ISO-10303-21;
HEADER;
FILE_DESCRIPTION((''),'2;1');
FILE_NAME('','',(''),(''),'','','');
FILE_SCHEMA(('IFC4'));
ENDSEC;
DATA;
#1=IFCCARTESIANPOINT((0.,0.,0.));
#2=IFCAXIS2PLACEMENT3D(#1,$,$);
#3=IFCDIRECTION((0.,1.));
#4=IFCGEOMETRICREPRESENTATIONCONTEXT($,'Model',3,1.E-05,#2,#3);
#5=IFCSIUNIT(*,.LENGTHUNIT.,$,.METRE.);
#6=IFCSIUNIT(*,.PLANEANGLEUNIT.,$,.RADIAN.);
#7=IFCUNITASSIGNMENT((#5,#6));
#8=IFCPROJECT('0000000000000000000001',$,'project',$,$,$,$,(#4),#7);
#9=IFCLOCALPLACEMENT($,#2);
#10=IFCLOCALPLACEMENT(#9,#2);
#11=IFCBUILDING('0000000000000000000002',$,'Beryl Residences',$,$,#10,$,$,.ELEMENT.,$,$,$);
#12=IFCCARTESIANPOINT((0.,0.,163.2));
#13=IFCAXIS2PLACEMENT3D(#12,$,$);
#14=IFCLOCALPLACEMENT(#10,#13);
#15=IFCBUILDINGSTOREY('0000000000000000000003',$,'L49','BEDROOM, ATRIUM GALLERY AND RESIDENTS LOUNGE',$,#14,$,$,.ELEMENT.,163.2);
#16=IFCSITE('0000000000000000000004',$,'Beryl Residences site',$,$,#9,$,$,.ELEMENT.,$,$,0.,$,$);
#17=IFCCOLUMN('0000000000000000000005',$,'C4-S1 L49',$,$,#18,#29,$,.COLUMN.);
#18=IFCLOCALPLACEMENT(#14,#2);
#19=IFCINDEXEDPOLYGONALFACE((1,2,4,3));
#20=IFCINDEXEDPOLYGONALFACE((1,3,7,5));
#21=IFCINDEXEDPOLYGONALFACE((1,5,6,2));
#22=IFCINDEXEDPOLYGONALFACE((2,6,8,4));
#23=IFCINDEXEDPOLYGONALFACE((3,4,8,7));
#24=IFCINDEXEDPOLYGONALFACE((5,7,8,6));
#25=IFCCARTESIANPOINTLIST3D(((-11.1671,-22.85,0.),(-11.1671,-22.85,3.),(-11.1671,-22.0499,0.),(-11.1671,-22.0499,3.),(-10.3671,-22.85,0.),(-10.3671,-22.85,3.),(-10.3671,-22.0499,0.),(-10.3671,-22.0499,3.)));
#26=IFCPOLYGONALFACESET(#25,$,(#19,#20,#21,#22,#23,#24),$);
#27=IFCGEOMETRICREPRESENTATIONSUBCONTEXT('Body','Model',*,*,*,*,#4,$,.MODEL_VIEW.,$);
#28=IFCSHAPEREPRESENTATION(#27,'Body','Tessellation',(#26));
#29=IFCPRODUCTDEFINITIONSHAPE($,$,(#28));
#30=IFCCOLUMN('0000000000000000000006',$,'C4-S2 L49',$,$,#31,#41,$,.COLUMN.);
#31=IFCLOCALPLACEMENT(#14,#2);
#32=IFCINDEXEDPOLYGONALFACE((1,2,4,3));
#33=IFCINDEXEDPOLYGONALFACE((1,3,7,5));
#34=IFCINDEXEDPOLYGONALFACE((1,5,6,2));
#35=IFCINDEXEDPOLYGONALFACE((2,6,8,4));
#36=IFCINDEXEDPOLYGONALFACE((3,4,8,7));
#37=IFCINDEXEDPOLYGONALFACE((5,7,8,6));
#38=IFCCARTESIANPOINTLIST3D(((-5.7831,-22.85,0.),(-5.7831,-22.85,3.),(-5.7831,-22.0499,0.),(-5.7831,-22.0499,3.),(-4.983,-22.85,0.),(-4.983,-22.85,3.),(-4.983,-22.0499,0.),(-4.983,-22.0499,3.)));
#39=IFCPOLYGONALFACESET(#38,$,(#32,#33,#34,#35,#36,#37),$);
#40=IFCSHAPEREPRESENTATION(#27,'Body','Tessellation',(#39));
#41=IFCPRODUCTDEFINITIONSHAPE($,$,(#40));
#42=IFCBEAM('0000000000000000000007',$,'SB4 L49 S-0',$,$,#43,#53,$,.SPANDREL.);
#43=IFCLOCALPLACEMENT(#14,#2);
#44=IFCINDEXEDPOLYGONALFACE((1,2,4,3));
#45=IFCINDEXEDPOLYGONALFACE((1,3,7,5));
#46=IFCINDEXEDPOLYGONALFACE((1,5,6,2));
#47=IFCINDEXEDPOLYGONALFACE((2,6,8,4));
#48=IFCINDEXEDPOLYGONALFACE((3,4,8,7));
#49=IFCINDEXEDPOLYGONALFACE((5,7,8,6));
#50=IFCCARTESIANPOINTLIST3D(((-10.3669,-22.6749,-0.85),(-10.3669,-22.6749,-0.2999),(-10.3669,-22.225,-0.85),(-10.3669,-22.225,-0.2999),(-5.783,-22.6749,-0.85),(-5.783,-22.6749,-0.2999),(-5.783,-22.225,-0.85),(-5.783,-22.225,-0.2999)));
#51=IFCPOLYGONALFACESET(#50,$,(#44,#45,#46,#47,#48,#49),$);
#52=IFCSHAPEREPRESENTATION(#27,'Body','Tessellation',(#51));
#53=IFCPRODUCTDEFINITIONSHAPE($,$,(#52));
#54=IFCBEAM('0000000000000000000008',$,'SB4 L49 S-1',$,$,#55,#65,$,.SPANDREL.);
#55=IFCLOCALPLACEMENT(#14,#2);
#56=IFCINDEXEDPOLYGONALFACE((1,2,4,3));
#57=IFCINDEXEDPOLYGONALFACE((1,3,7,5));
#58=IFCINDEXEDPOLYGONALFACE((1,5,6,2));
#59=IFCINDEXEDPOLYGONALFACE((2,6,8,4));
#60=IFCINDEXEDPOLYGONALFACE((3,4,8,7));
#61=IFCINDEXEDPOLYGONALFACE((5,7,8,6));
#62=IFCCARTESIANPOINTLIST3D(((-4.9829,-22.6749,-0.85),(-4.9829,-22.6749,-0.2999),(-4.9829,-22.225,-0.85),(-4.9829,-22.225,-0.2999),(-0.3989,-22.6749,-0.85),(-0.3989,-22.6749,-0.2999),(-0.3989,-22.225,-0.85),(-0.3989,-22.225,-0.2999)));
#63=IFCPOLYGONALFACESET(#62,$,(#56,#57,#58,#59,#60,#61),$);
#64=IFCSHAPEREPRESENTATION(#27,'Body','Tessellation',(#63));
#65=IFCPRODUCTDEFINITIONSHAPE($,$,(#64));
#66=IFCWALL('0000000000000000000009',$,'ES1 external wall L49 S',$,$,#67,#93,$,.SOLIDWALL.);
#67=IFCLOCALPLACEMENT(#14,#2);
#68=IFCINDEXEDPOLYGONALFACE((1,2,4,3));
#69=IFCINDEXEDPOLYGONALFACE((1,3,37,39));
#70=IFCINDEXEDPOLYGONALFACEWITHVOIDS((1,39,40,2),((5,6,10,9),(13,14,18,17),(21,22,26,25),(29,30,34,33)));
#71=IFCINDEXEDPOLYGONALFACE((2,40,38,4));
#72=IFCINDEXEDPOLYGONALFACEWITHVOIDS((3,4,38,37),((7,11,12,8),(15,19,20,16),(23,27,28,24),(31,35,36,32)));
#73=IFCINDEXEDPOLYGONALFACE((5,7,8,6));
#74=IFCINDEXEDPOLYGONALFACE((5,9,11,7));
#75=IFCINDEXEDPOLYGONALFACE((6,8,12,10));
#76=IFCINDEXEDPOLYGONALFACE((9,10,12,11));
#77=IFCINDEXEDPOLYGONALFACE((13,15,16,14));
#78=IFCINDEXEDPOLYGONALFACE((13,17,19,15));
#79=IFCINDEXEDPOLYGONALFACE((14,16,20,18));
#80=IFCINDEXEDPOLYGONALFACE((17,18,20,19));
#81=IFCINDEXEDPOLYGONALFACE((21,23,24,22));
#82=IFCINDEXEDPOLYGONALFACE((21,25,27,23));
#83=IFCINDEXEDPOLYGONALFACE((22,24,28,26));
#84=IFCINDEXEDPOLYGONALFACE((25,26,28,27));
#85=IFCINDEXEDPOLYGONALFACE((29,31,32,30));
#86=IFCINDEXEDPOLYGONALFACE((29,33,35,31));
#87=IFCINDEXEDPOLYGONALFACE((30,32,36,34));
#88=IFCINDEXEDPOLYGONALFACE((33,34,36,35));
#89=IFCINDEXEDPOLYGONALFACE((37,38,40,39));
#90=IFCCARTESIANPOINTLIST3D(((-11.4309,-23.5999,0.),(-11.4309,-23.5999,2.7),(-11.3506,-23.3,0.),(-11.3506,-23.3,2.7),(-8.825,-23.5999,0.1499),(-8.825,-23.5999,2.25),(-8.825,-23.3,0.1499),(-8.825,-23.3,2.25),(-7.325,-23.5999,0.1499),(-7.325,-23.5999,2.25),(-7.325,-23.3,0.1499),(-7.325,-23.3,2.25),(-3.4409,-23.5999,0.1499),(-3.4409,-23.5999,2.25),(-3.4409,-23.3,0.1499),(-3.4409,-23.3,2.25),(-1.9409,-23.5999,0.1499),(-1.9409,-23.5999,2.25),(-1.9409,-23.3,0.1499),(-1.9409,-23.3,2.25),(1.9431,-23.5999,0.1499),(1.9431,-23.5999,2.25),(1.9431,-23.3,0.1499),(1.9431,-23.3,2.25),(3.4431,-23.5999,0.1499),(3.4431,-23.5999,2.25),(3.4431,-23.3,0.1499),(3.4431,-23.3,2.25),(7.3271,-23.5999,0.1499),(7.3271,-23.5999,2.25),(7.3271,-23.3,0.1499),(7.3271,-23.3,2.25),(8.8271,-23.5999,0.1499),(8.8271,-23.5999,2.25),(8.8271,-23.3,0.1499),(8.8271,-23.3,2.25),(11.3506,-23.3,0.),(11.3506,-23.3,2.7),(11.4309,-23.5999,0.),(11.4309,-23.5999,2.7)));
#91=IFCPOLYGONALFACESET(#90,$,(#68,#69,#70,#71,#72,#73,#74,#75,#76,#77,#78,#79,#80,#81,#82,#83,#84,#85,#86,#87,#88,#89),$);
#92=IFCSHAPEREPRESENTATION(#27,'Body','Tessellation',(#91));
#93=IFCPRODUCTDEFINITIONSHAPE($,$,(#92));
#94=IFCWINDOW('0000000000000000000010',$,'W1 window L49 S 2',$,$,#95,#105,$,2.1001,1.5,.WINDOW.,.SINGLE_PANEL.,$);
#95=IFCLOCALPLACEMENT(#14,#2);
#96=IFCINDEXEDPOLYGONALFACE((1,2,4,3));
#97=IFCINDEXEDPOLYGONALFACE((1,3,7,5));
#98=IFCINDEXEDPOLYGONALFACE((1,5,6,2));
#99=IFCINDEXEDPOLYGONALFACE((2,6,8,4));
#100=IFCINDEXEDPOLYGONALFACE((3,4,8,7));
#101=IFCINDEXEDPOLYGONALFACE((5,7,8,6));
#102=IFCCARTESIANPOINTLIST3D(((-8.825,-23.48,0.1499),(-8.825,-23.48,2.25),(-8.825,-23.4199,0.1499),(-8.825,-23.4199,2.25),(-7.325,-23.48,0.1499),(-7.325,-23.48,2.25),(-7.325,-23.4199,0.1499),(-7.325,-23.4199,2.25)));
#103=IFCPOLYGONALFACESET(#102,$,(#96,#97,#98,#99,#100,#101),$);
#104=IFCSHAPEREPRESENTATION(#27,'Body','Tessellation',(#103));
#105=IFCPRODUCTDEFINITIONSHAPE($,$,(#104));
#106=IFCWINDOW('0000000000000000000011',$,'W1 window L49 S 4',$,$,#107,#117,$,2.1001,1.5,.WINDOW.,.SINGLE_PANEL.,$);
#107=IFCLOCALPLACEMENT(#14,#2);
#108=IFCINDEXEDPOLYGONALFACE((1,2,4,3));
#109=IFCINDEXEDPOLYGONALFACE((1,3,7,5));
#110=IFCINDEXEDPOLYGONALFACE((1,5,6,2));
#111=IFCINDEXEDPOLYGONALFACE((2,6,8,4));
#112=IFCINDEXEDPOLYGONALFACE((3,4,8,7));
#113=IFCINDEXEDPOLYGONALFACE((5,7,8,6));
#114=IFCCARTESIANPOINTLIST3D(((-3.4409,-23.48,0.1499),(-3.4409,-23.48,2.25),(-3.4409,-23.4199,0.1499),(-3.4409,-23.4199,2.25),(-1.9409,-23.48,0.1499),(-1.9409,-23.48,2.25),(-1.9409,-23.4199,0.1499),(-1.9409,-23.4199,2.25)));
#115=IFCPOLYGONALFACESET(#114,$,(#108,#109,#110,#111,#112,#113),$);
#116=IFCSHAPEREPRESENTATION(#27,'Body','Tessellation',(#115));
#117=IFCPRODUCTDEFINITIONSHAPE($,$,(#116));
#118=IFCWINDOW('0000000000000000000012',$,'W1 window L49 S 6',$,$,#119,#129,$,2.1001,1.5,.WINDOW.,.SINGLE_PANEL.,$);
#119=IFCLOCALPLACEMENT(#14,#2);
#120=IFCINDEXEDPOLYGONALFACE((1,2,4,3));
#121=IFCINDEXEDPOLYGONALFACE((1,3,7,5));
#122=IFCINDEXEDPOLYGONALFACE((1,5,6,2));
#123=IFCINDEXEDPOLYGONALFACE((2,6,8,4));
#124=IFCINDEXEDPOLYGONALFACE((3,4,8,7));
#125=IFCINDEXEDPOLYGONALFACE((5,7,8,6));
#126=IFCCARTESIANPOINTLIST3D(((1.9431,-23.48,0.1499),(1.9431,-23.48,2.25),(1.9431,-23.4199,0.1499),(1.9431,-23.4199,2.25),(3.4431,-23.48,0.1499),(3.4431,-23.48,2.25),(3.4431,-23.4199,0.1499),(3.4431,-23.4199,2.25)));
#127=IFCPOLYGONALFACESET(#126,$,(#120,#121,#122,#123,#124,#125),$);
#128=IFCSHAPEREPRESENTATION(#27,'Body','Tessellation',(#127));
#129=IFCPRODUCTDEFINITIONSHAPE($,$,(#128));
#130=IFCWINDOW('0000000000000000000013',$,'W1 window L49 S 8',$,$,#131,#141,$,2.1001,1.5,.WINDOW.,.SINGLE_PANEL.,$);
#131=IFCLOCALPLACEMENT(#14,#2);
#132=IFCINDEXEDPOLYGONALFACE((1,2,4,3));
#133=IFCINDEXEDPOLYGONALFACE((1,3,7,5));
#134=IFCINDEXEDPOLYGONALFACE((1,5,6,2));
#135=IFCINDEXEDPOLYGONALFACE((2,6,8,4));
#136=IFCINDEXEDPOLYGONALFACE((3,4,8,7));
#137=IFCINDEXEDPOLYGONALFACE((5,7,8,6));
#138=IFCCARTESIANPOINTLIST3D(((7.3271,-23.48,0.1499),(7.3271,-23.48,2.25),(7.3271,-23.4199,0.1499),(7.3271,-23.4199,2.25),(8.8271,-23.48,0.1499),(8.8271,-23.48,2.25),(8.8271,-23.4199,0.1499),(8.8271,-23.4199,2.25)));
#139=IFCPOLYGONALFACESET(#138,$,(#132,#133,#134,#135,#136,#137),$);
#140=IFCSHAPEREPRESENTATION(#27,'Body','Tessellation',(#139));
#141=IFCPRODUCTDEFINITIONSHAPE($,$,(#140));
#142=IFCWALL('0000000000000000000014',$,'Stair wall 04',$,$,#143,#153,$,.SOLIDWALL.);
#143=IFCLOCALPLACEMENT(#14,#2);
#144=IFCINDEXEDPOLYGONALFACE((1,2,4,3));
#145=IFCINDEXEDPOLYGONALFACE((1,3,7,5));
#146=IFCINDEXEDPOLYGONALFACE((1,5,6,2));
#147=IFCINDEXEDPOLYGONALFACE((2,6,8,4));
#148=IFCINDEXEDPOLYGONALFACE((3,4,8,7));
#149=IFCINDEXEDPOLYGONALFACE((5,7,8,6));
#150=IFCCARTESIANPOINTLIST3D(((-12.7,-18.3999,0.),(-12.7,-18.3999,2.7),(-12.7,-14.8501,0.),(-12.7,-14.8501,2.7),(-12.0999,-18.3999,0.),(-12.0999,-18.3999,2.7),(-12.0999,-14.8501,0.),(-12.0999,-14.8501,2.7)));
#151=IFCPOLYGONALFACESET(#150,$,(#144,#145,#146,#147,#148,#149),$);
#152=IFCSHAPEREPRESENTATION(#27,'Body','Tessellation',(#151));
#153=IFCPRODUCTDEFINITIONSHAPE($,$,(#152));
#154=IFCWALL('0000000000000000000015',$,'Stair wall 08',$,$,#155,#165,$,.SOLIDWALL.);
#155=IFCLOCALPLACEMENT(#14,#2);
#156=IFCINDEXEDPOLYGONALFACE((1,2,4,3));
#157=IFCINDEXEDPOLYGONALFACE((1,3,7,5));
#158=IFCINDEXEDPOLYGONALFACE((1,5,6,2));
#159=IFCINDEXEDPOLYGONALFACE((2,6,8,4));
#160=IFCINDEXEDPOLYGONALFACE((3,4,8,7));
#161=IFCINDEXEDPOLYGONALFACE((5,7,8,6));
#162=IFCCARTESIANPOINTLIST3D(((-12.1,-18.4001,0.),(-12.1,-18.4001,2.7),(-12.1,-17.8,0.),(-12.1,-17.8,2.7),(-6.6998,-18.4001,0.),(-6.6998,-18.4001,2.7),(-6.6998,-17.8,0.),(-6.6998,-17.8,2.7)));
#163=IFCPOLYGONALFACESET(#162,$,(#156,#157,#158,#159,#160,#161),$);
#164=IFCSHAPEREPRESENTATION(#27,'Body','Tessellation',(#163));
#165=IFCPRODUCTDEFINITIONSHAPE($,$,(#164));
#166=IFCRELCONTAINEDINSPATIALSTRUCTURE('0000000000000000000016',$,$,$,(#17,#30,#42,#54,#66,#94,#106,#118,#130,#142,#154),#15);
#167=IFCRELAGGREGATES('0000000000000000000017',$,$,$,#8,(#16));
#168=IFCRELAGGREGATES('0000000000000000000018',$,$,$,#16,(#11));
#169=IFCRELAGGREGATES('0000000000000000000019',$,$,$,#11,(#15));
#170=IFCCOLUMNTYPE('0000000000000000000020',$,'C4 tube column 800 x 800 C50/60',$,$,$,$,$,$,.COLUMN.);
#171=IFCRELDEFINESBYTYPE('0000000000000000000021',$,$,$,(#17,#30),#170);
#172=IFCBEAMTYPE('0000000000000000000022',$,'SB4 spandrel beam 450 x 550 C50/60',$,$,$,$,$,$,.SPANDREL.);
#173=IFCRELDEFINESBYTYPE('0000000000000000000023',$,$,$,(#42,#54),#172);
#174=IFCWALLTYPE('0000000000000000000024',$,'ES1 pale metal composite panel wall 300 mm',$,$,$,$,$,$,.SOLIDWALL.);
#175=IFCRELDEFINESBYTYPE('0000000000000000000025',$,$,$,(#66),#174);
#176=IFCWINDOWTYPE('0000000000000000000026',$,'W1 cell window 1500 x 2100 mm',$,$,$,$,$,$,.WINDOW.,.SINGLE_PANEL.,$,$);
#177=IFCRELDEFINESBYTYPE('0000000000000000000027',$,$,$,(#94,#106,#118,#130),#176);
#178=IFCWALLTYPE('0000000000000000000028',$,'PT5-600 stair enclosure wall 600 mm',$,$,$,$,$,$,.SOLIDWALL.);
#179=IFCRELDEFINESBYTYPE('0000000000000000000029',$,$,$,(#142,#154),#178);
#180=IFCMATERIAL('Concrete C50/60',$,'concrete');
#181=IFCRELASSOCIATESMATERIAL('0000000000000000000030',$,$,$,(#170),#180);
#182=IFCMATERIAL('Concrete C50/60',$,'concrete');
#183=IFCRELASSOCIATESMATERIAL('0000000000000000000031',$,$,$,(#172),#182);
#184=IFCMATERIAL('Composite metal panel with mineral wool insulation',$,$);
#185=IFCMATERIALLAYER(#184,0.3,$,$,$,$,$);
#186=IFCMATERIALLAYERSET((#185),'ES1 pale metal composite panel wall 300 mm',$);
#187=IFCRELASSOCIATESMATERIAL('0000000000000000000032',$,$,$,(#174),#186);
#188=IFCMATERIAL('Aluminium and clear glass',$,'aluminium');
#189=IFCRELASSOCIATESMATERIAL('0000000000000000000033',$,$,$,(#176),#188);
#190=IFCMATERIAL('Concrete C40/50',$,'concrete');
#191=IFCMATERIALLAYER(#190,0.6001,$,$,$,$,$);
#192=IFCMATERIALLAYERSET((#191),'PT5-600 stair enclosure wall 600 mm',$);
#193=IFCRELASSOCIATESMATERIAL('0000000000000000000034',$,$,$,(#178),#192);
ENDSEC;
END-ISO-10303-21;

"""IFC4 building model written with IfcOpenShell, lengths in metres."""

from ifc_helpers import new_model, si_unit, direction, frame, frame_2d, origin, origin_2d, place, context, subcontext, project, spatial, polyline, rectangle, outline, extrude, material, layer, layer_set, material_profile, profile_set, type_object, element, fill, save


model = new_model("IFC4")

# Units and contexts
model_context = context("Model", 3, precision=1e-05, world=origin(), true_north=direction((0.0, 1.0)))
body_context = subcontext(model_context, "Body", "Model", "MODEL_VIEW")
ifc_project = project(units=[si_unit("LENGTHUNIT", "METRE"), si_unit("PLANEANGLEUNIT", "RADIAN")], contexts=[model_context])

# Site, building, storey
site_placement = place(None, origin())
site = spatial("IfcSite", under=ifc_project, at=site_placement, Name="Beryl Residences site", CompositionType="ELEMENT", RefElevation=0.0)
building_placement = place(site_placement, origin())
building = spatial("IfcBuilding", under=site, at=building_placement, Name="Beryl Residences", CompositionType="ELEMENT")
storey_placement = place(building_placement, frame((0.0, 0.0, 163.2)))
storey = spatial("IfcBuildingStorey", under=building, at=storey_placement, Name="L49", Description="BEDROOM, ATRIUM GALLERY AND RESIDENTS LOUNGE", CompositionType="ELEMENT", Elevation=163.2)

# Columns
ifc_material_1 = material(Name="Concrete C50/60", Category="concrete")
ifc_material_profile_1 = material_profile(ifc_material_1, rectangle(XDim=0.8, YDim=0.8, at=origin_2d()))
ifc_profile_set_1 = profile_set([ifc_material_profile_1], Name="Concrete C50/60")
column_type = type_object("IfcColumnType", Name="C4 tube column 800 x 800 C50/60", PredefinedType="COLUMN", material=ifc_profile_set_1)
for number, where, z_axis, x_axis, name in (
    (1, (-10.7671, -22.45, 0.0), (0.0, 0.0, 1.0), (1.0, 0.0, 0.0), "C4-S1 L49"),
    (2, (-5.3831, -22.45, 0.0), (0.0, 0.0, 1.0), (1.0, 0.0, 0.0), "C4-S2 L49"),
):
    element("IfcColumn", number, at=place(storey_placement, frame(where, z_axis=z_axis, x_axis=x_axis)), inside=storey, type_object=column_type, Name=name, PredefinedType="COLUMN", context=body_context, shape_type="SweptSolid", body=[
        extrude(rectangle(XDim=0.8, YDim=0.8, at=origin_2d()), origin(), (0.0, 0.0, 1.0), 3.0),
    ])

# Beams
ifc_material_2 = material(Name="Concrete C50/60", Category="concrete")
ifc_material_profile_2 = material_profile(ifc_material_2, rectangle(XDim=0.45, YDim=0.55, at=origin_2d()))
ifc_profile_set_2 = profile_set([ifc_material_profile_2], Name="Concrete C50/60")
beam_type = type_object("IfcBeamType", Name="SB4 spandrel beam 450 x 550 C50/60", PredefinedType="SPANDREL", material=ifc_profile_set_2)
for number, where, z_axis, x_axis, name in (
    (3, (-10.3669, -22.45, -0.575), (1.0, 0.0, 0.0), (0.0, 1.0, 0.0), "SB4 L49 S-0"),
    (4, (-4.9829, -22.45, -0.575), (1.0, 0.0, 0.0), (0.0, 1.0, 0.0), "SB4 L49 S-1"),
):
    element("IfcBeam", number, at=place(storey_placement, frame(where, z_axis=z_axis, x_axis=x_axis)), inside=storey, type_object=beam_type, Name=name, PredefinedType="SPANDREL", context=body_context, shape_type="SweptSolid", body=[
        extrude(rectangle(XDim=0.45, YDim=0.55, at=origin_2d()), origin(), (0.0, 0.0, 1.0), 4.584),
    ])

# Wall, openings, windows
ifc_material_3 = material(Name="Composite metal panel with mineral wool insulation")
ifc_layer_1 = layer(ifc_material_3, 0.3)
ifc_layer_set_1 = layer_set([ifc_layer_1], Name="ES1 pale metal composite panel wall 300 mm")
wall_type_1 = type_object("IfcWallType", Name="ES1 pale metal composite panel wall 300 mm", PredefinedType="SOLIDWALL", material=ifc_layer_set_1)
wall_1_placement = place(storey_placement, frame((-11.4309, -23.45, 0.0), z_axis=(0.0, 0.0, 1.0), x_axis=(1.0, 0.0, 0.0)))
wall_1 = element("IfcWall", 5, at=wall_1_placement, inside=storey, type_object=wall_type_1, Name="ES1 external wall L49 S", PredefinedType="SOLIDWALL", context=body_context, shape_type="SweptSolid", body=[
    extrude(outline(polyline([(0.0, -0.1499), (22.8618, -0.1499), (22.7815, 0.1499), (0.0803, 0.1499), (0.0, -0.1499)])), origin(), (0.0, 0.0, 1.0), 2.7),
])
opening_1_placement = place(wall_1_placement, frame((2.606, 0.0, 0.1499)))
opening_1 = element("IfcOpeningElement", 6, at=opening_1_placement, cuts=wall_1, PredefinedType="OPENING", context=body_context, shape_type="SweptSolid", body=[
    extrude(rectangle(XDim=1.5, YDim=2.1001, at=frame_2d((0.75, 1.05))), frame((0.0, 0.1599, 0.0), z_axis=(0.0, -1.0, 0.0), x_axis=(1.0, 0.0, 0.0)), (0.0, 0.0, 1.0), 0.3201),
])
opening_2_placement = place(wall_1_placement, frame((7.99, 0.0, 0.1499)))
opening_2 = element("IfcOpeningElement", 7, at=opening_2_placement, cuts=wall_1, PredefinedType="OPENING", context=body_context, shape_type="SweptSolid", body=[
    extrude(rectangle(XDim=1.5, YDim=2.1001, at=frame_2d((0.75, 1.05))), frame((0.0, 0.1599, 0.0), z_axis=(0.0, -1.0, 0.0), x_axis=(1.0, 0.0, 0.0)), (0.0, 0.0, 1.0), 0.3201),
])
opening_3_placement = place(wall_1_placement, frame((13.374, 0.0, 0.1499)))
opening_3 = element("IfcOpeningElement", 8, at=opening_3_placement, cuts=wall_1, PredefinedType="OPENING", context=body_context, shape_type="SweptSolid", body=[
    extrude(rectangle(XDim=1.5, YDim=2.1001, at=frame_2d((0.75, 1.05))), frame((0.0, 0.1599, 0.0), z_axis=(0.0, -1.0, 0.0), x_axis=(1.0, 0.0, 0.0)), (0.0, 0.0, 1.0), 0.3201),
])
opening_4_placement = place(wall_1_placement, frame((18.7581, 0.0, 0.1499)))
opening_4 = element("IfcOpeningElement", 9, at=opening_4_placement, cuts=wall_1, PredefinedType="OPENING", context=body_context, shape_type="SweptSolid", body=[
    extrude(rectangle(XDim=1.5, YDim=2.1001, at=frame_2d((0.75, 1.05))), frame((0.0, 0.1599, 0.0), z_axis=(0.0, -1.0, 0.0), x_axis=(1.0, 0.0, 0.0)), (0.0, 0.0, 1.0), 0.3201),
])
ifc_material_4 = material(Name="Aluminium and clear glass", Category="aluminium")
window_type = type_object("IfcWindowType", Name="W1 cell window 1500 x 2100 mm", PartitioningType="SINGLE_PANEL", PredefinedType="WINDOW", material=ifc_material_4)
window_1_placement = place(opening_1_placement, origin())
window_1 = element("IfcWindow", 10, at=window_1_placement, inside=storey, type_object=window_type, Name="W1 window L49 S 2", OverallHeight=2.1001, OverallWidth=1.5, PartitioningType="SINGLE_PANEL", PredefinedType="WINDOW", context=body_context, shape_type="SweptSolid", body=[
    extrude(rectangle(XDim=1.5, YDim=2.1001, at=frame_2d((0.75, 1.05))), frame((0.0, 0.03, 0.0), z_axis=(0.0, -1.0, 0.0), x_axis=(1.0, 0.0, 0.0)), (0.0, 0.0, 1.0), 0.0601),
])
fill(opening_1, window_1)
window_2_placement = place(opening_2_placement, origin())
window_2 = element("IfcWindow", 11, at=window_2_placement, inside=storey, type_object=window_type, Name="W1 window L49 S 4", OverallHeight=2.1001, OverallWidth=1.5, PartitioningType="SINGLE_PANEL", PredefinedType="WINDOW", context=body_context, shape_type="SweptSolid", body=[
    extrude(rectangle(XDim=1.5, YDim=2.1001, at=frame_2d((0.75, 1.05))), frame((0.0, 0.03, 0.0), z_axis=(0.0, -1.0, 0.0), x_axis=(1.0, 0.0, 0.0)), (0.0, 0.0, 1.0), 0.0601),
])
fill(opening_2, window_2)
window_3_placement = place(opening_3_placement, origin())
window_3 = element("IfcWindow", 12, at=window_3_placement, inside=storey, type_object=window_type, Name="W1 window L49 S 6", OverallHeight=2.1001, OverallWidth=1.5, PartitioningType="SINGLE_PANEL", PredefinedType="WINDOW", context=body_context, shape_type="SweptSolid", body=[
    extrude(rectangle(XDim=1.5, YDim=2.1001, at=frame_2d((0.75, 1.05))), frame((0.0, 0.03, 0.0), z_axis=(0.0, -1.0, 0.0), x_axis=(1.0, 0.0, 0.0)), (0.0, 0.0, 1.0), 0.0601),
])
fill(opening_3, window_3)
window_4_placement = place(opening_4_placement, origin())
window_4 = element("IfcWindow", 13, at=window_4_placement, inside=storey, type_object=window_type, Name="W1 window L49 S 8", OverallHeight=2.1001, OverallWidth=1.5, PartitioningType="SINGLE_PANEL", PredefinedType="WINDOW", context=body_context, shape_type="SweptSolid", body=[
    extrude(rectangle(XDim=1.5, YDim=2.1001, at=frame_2d((0.75, 1.05))), frame((0.0, 0.03, 0.0), z_axis=(0.0, -1.0, 0.0), x_axis=(1.0, 0.0, 0.0)), (0.0, 0.0, 1.0), 0.0601),
])
fill(opening_4, window_4)

# Walls
ifc_material_5 = material(Name="Concrete C40/50", Category="concrete")
ifc_layer_2 = layer(ifc_material_5, 0.6001)
ifc_layer_set_2 = layer_set([ifc_layer_2], Name="PT5-600 stair enclosure wall 600 mm")
wall_type_2 = type_object("IfcWallType", Name="PT5-600 stair enclosure wall 600 mm", PredefinedType="SOLIDWALL", material=ifc_layer_set_2)
wall_2_placement = place(storey_placement, frame((-12.3999, -18.3999, 0.0), z_axis=(0.0, 0.0, 1.0), x_axis=(0.0, 1.0, 0.0)))
element("IfcWall", 14, at=wall_2_placement, inside=storey, type_object=wall_type_2, Name="Stair wall 04", PredefinedType="SOLIDWALL", context=body_context, shape_type="SweptSolid", body=[
    extrude(rectangle(XDim=3.5498, YDim=0.6001, at=frame_2d((1.7749, 0.0))), origin(), (0.0, 0.0, 1.0), 2.7),
])
wall_3_placement = place(storey_placement, frame((-12.1001, -18.1001, 0.0), z_axis=(0.0, 0.0, 1.0), x_axis=(1.0, 0.0, 0.0)))
element("IfcWall", 15, at=wall_3_placement, inside=storey, type_object=wall_type_2, Name="Stair wall 08", PredefinedType="SOLIDWALL", context=body_context, shape_type="SweptSolid", body=[
    extrude(rectangle(XDim=5.4001, YDim=0.6001, at=frame_2d((2.7002, 0.0))), origin(), (0.0, 0.0, 1.0), 2.7),
])

save(model, "model.ifc")
